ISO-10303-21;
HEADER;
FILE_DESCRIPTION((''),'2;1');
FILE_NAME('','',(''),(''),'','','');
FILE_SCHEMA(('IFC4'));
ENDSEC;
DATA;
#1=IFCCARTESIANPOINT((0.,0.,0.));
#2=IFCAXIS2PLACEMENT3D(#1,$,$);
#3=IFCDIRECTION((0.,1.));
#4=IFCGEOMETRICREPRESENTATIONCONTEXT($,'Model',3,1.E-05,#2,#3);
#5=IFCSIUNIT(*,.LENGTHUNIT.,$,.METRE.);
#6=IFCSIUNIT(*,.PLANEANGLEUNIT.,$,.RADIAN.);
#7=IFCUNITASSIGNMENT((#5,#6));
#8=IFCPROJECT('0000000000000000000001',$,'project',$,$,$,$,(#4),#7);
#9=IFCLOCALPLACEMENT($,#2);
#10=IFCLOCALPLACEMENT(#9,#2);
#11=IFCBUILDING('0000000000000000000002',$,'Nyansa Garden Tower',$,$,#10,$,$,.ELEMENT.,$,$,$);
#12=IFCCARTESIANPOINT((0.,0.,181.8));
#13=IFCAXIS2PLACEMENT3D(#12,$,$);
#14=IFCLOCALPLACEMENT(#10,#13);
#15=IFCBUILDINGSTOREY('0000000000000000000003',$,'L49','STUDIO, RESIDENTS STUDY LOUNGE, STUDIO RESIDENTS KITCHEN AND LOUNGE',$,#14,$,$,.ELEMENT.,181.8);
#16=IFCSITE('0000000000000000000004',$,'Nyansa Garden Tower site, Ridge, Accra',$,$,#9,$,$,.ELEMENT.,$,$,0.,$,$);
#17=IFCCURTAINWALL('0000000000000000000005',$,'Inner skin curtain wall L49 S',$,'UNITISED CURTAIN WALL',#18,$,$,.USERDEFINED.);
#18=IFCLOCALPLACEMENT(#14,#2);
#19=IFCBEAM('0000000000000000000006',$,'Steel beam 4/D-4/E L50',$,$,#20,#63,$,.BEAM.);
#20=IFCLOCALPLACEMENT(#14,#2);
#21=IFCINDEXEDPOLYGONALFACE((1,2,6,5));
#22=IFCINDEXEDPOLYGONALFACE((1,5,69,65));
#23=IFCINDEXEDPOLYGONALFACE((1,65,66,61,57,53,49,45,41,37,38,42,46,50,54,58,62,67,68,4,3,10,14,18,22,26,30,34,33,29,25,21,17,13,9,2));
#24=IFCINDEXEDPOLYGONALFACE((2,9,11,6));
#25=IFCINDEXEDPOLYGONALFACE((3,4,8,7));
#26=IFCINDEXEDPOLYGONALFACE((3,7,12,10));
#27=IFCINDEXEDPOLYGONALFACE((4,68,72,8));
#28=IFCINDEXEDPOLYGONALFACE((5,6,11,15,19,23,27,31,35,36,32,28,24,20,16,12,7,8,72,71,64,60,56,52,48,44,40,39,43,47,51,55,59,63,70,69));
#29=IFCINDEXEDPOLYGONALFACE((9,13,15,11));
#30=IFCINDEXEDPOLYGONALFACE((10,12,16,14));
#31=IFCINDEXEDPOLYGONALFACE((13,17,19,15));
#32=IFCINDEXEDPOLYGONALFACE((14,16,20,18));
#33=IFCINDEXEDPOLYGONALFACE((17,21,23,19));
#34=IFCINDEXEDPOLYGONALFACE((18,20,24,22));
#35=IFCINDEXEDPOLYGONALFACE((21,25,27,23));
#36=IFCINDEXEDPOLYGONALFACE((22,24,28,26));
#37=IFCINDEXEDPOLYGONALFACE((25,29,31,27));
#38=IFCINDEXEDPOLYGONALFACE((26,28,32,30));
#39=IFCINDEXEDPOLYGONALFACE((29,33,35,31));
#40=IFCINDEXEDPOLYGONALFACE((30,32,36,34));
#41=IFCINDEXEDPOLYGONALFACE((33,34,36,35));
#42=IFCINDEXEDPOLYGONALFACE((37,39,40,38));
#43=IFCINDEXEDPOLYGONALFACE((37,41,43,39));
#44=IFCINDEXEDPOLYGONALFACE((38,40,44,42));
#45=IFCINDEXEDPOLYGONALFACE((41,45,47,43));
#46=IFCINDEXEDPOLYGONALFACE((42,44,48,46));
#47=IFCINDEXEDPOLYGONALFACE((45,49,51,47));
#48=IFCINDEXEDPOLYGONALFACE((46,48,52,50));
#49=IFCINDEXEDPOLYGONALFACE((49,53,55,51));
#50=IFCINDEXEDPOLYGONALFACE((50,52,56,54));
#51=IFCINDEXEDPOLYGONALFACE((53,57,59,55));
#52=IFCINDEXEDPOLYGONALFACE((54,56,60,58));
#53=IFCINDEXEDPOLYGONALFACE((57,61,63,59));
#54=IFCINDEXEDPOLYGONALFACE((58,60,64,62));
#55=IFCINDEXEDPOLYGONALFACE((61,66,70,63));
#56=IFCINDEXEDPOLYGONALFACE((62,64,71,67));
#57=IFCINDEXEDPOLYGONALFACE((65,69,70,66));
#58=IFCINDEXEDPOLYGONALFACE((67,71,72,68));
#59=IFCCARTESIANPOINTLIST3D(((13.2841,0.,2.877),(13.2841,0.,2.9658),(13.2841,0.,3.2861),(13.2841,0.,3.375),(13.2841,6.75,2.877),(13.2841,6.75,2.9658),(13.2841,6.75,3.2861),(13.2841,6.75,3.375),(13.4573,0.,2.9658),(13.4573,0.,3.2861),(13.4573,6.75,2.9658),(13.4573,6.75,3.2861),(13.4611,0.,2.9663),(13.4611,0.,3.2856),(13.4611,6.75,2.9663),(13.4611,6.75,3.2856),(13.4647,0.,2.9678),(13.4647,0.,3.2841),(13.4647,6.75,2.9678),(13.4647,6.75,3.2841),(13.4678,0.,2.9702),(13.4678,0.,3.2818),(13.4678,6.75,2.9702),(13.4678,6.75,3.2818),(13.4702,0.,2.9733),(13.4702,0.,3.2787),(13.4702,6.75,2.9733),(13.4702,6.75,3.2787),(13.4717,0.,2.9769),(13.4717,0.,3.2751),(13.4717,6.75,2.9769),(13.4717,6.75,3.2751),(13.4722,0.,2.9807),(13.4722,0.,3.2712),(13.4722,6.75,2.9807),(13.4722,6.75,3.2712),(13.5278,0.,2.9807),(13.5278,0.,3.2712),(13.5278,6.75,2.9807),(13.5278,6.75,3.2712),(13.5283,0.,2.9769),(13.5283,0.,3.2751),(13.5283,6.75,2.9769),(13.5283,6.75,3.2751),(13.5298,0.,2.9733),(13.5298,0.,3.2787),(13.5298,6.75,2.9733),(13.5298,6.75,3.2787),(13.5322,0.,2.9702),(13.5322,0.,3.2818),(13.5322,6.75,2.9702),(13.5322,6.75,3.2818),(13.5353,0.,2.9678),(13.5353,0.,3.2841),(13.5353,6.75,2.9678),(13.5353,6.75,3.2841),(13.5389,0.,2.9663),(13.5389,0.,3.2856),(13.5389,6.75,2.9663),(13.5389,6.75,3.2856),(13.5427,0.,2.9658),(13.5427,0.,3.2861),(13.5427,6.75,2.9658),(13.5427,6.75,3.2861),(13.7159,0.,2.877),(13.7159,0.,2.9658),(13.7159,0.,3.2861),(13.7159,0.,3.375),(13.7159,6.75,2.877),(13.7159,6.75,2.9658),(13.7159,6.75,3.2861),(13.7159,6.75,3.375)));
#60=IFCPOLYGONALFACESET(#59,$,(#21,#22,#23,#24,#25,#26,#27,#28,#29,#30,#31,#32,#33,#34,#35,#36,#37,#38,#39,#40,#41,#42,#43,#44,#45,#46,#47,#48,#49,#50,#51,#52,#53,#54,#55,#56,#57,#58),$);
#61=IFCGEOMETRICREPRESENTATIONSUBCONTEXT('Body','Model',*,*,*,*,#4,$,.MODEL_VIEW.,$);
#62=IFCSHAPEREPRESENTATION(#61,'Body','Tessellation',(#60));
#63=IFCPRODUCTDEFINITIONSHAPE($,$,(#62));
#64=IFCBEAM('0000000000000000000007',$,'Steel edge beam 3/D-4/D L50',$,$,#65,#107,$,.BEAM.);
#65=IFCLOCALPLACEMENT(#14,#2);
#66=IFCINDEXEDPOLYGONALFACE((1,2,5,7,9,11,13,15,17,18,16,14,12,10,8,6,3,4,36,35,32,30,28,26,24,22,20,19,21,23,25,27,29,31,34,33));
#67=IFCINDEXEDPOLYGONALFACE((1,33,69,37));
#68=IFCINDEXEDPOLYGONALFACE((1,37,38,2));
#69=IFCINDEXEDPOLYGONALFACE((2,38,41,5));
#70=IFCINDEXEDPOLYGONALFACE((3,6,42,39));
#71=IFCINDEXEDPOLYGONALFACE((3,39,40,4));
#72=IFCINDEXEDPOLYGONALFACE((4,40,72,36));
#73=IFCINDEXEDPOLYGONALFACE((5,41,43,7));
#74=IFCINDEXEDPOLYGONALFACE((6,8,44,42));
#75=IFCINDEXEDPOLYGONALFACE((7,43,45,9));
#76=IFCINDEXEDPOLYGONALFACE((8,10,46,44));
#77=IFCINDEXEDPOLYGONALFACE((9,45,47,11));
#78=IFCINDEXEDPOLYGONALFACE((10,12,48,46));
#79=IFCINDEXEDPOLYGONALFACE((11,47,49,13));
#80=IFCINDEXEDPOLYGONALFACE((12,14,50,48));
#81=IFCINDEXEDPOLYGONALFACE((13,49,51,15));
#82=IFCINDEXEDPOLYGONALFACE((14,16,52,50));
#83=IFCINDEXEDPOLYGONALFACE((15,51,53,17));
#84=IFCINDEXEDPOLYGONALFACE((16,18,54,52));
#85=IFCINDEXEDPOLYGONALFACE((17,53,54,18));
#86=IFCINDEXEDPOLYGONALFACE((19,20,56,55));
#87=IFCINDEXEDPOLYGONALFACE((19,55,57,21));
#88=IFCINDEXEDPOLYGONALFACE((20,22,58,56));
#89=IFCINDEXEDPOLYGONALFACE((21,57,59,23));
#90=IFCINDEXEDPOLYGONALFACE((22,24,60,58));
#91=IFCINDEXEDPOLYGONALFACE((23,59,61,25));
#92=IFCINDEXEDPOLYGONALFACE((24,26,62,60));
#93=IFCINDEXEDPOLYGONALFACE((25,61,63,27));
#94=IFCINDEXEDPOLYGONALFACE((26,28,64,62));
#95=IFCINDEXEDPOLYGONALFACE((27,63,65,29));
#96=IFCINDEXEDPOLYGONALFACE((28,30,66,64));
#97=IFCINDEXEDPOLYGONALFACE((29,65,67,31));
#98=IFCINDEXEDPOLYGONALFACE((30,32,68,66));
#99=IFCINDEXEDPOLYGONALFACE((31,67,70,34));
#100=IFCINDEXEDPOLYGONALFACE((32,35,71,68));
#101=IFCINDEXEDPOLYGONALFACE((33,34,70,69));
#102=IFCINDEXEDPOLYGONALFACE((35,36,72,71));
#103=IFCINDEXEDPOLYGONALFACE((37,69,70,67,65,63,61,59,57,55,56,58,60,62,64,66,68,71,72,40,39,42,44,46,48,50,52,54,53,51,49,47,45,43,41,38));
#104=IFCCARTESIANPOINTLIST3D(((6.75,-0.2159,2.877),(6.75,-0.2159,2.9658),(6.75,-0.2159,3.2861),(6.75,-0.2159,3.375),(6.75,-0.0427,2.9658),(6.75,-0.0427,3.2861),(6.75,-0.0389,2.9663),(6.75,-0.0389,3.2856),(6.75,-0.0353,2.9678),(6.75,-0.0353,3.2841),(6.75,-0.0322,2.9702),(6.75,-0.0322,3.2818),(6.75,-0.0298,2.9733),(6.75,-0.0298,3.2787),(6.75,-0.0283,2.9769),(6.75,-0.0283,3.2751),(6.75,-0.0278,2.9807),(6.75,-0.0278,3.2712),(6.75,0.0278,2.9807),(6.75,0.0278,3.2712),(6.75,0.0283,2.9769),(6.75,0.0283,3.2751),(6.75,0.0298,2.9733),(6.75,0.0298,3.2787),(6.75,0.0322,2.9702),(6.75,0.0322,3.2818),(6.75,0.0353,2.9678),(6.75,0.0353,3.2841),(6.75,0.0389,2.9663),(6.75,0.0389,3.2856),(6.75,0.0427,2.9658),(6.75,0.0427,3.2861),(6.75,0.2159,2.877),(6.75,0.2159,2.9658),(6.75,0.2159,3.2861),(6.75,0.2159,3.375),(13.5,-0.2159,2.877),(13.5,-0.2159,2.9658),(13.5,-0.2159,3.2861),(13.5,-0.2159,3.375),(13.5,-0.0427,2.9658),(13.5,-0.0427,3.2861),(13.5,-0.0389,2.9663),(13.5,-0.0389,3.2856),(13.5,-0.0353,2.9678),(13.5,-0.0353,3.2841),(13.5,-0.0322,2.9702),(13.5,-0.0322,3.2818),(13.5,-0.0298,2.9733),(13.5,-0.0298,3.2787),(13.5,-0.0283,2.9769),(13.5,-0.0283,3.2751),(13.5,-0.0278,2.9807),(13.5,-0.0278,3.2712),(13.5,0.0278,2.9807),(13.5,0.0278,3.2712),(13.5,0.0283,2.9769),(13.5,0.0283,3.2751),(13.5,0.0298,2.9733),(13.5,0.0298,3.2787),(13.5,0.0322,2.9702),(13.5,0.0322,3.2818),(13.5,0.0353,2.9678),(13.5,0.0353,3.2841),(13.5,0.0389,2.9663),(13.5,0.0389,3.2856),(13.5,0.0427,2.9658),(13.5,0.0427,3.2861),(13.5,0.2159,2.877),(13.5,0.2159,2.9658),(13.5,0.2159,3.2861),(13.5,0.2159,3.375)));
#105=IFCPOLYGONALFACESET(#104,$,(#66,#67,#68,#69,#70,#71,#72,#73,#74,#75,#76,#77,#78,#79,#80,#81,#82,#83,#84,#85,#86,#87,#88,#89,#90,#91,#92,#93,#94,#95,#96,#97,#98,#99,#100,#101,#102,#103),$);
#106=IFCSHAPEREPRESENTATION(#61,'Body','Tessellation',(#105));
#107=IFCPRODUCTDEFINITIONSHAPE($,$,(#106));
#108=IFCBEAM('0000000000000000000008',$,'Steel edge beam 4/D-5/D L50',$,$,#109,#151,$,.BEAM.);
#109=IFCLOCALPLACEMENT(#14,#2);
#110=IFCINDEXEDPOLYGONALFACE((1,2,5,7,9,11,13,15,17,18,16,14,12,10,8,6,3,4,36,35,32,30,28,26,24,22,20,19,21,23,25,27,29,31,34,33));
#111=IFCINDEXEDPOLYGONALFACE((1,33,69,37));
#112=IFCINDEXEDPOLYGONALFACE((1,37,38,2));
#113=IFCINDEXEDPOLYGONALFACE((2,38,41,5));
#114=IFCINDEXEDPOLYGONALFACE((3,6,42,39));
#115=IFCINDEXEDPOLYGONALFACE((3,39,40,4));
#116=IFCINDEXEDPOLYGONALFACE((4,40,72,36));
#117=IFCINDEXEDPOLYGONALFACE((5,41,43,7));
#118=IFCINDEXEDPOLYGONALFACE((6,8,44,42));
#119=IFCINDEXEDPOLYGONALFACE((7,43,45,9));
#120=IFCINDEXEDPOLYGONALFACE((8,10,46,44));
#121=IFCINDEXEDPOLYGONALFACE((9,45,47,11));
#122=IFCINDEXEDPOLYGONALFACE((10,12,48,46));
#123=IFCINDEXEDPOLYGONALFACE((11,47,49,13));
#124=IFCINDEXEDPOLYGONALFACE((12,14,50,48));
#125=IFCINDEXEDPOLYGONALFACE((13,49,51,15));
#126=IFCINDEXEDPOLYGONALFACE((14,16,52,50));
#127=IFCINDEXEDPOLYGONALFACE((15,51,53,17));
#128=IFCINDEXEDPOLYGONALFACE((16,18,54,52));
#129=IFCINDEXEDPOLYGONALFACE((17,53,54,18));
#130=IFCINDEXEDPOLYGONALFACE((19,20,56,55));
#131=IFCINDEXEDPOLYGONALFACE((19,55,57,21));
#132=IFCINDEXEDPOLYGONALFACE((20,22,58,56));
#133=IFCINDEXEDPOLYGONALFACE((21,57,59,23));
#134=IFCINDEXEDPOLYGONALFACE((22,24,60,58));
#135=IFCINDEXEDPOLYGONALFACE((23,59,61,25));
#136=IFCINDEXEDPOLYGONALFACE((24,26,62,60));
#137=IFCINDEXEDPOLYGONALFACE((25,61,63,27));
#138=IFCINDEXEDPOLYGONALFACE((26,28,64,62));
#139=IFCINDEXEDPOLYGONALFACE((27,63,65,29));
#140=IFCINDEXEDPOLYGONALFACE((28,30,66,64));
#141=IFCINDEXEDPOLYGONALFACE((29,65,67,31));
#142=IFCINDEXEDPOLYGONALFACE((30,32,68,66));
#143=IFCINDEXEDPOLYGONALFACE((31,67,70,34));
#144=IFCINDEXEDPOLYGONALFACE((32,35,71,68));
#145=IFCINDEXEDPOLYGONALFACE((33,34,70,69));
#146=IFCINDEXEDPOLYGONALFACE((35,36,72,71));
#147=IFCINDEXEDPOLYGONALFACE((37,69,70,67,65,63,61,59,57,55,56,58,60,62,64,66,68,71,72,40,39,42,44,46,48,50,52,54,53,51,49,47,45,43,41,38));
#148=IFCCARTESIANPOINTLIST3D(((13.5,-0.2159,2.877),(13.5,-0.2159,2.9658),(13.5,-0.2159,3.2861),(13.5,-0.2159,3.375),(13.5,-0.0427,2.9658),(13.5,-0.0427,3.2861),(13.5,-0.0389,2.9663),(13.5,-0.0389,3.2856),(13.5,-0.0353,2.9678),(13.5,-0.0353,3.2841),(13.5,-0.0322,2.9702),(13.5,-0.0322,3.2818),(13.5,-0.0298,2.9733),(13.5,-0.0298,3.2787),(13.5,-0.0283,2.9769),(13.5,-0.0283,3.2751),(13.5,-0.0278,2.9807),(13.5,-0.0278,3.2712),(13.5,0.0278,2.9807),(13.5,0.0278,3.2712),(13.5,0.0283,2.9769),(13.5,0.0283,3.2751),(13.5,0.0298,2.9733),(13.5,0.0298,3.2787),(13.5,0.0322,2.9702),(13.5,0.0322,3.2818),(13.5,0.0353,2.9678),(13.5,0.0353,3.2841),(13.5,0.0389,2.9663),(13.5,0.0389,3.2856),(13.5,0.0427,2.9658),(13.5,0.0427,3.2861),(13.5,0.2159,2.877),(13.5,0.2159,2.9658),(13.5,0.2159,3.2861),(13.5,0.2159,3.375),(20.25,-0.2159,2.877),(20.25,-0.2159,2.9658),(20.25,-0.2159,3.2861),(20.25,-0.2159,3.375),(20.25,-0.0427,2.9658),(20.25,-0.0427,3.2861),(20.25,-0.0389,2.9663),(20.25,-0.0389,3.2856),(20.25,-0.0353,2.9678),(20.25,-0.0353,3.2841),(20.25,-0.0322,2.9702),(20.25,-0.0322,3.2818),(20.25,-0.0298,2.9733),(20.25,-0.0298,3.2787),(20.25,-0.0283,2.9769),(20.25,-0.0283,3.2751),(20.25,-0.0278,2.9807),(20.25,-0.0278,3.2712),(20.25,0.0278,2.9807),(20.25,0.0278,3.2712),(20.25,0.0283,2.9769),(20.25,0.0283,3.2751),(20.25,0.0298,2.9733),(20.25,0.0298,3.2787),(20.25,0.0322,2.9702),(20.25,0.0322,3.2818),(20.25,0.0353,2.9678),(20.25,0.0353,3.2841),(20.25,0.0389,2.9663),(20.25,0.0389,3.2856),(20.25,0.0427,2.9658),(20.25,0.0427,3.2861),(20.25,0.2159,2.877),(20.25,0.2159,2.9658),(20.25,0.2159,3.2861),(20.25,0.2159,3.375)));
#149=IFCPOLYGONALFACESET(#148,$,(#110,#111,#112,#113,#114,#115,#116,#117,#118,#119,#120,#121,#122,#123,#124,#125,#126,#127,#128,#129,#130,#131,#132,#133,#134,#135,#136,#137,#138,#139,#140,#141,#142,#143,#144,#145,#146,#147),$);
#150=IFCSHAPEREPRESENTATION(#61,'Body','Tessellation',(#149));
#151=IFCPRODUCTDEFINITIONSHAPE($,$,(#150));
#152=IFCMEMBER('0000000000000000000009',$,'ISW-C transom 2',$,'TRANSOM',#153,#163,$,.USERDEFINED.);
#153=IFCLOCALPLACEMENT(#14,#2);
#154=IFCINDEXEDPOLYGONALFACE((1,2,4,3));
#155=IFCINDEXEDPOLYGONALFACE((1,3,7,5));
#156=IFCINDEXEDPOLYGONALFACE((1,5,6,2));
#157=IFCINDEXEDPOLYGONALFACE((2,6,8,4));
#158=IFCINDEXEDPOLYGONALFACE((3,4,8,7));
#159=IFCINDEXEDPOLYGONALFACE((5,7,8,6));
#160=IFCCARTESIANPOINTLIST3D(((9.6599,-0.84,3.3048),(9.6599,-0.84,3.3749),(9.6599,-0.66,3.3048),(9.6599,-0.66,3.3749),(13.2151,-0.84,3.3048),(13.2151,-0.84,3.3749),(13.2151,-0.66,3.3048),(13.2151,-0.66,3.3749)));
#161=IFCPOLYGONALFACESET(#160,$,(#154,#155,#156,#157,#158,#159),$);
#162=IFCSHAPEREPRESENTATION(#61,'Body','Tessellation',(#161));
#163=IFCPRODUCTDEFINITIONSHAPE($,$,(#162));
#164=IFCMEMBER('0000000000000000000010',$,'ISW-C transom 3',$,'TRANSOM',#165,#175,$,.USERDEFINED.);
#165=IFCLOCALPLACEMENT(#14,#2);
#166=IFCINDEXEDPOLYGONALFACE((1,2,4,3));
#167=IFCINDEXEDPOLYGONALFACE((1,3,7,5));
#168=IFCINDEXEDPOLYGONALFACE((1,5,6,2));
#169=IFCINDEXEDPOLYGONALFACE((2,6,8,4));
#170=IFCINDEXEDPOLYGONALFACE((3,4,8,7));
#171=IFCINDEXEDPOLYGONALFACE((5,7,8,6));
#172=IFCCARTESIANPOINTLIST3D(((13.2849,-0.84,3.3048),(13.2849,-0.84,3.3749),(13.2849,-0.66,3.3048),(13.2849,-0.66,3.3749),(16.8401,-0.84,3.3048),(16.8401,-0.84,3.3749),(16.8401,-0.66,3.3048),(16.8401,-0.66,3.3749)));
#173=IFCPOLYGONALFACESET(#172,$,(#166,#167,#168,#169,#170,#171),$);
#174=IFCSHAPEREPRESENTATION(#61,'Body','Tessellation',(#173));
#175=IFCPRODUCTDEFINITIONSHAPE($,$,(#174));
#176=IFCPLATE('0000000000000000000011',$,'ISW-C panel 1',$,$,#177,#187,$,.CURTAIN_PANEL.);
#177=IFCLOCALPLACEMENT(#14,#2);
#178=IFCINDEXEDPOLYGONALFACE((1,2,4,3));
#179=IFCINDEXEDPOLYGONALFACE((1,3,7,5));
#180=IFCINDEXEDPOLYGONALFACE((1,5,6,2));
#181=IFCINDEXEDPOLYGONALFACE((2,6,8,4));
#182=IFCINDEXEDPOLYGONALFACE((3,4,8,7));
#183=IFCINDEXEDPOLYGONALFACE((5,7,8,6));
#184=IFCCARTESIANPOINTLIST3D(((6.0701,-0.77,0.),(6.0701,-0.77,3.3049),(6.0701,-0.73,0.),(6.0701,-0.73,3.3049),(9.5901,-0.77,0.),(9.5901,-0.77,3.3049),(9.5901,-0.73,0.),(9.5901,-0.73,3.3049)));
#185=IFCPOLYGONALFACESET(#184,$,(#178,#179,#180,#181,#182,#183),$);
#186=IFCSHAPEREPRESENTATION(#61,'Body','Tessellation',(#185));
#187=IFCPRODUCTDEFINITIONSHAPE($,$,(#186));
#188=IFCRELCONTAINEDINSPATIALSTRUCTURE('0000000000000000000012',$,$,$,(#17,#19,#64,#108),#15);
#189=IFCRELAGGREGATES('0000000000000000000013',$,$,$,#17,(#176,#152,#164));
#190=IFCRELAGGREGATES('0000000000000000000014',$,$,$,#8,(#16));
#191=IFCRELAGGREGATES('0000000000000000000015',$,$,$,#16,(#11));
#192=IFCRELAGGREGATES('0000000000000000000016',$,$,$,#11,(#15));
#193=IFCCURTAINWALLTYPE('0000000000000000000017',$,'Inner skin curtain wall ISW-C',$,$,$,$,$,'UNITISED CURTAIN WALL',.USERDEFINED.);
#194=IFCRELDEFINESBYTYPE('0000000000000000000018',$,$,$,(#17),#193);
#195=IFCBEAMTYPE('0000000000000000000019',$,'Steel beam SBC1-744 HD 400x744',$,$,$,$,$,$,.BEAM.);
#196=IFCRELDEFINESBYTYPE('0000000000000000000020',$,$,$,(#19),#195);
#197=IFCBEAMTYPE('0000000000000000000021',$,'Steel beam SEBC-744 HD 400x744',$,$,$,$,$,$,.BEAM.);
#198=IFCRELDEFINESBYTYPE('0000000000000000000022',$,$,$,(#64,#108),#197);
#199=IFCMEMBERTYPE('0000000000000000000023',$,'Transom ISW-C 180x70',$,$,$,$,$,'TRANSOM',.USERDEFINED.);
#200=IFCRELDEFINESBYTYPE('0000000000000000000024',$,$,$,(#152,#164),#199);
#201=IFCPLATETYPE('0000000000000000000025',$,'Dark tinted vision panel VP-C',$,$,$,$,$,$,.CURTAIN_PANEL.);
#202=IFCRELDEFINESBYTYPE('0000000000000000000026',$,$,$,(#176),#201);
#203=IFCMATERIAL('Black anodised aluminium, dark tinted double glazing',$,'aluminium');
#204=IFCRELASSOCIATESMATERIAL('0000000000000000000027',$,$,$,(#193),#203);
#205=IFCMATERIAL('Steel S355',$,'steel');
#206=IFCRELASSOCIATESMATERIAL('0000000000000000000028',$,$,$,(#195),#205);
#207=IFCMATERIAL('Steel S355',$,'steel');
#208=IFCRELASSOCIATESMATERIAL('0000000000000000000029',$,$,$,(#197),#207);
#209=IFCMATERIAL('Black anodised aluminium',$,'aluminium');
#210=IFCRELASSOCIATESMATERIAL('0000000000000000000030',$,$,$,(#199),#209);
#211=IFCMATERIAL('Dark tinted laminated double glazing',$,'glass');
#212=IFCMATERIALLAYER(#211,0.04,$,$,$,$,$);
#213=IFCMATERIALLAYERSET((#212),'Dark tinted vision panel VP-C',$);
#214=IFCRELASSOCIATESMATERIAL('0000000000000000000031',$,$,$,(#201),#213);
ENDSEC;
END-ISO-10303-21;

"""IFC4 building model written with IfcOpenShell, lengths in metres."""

from ifc_helpers import new_model, si_unit, direction, frame, origin, origin_2d, place, context, subcontext, project, spatial, rectangle, i_section, extrude, material, layer, layer_set, material_profile, profile_set, type_object, element, aggregate, save


model = new_model("IFC4")

# Units and contexts
model_context = context("Model", 3, precision=1e-05, world=origin(), true_north=direction((0.0, 1.0)))
body_context = subcontext(model_context, "Body", "Model", "MODEL_VIEW")
ifc_project = project(units=[si_unit("LENGTHUNIT", "METRE"), si_unit("PLANEANGLEUNIT", "RADIAN")], contexts=[model_context])

# Site, building, storey
site_placement = place(None, origin())
site = spatial("IfcSite", under=ifc_project, at=site_placement, Name="Nyansa Garden Tower site, Ridge, Accra", CompositionType="ELEMENT", RefElevation=0.0)
building_placement = place(site_placement, origin())
building = spatial("IfcBuilding", under=site, at=building_placement, Name="Nyansa Garden Tower", CompositionType="ELEMENT")
storey_placement = place(building_placement, frame((0.0, 0.0, 181.8)))
storey = spatial("IfcBuildingStorey", under=building, at=storey_placement, Name="L49", Description="STUDIO, RESIDENTS STUDY LOUNGE, STUDIO RESIDENTS KITCHEN AND LOUNGE", CompositionType="ELEMENT", Elevation=181.8)

# Curtain wall
ifc_material_1 = material(Name="Black anodised aluminium, dark tinted double glazing", Category="aluminium")
curtain_wall_type = type_object("IfcCurtainWallType", Name="Inner skin curtain wall ISW-C", ElementType="UNITISED CURTAIN WALL", PredefinedType="USERDEFINED", material=ifc_material_1)
curtain_wall_placement = place(storey_placement, origin())
curtain_wall = element("IfcCurtainWall", 1, at=curtain_wall_placement, inside=storey, type_object=curtain_wall_type, Name="Inner skin curtain wall L49 S", ObjectType="UNITISED CURTAIN WALL", PredefinedType="USERDEFINED")

# Beams
ifc_material_2 = material(Name="Steel S355", Category="steel")
ifc_material_profile_1 = material_profile(ifc_material_2, i_section(OverallWidth=0.4319, OverallDepth=0.498, WebThickness=0.0557, FlangeThickness=0.0889, FilletRadius=0.0149, at=origin_2d()), Name="HD 400x744")
ifc_profile_set_1 = profile_set([ifc_material_profile_1], Name="Steel S355")
beam_type_1 = type_object("IfcBeamType", Name="Steel beam SBC1-744 HD 400x744", PredefinedType="BEAM", material=ifc_profile_set_1)
for number, where, z_axis, x_axis, name in (
    (2, (13.5, 0.0, 3.126), (0.0, 1.0, 0.0), (-1.0, 0.0, 0.0), "Steel beam 4/D-4/E L50"),
):
    element("IfcBeam", number, at=place(storey_placement, frame(where, z_axis=z_axis, x_axis=x_axis)), inside=storey, type_object=beam_type_1, Name=name, PredefinedType="BEAM", context=body_context, shape_type="SweptSolid", body=[
        extrude(i_section(OverallWidth=0.4319, OverallDepth=0.498, WebThickness=0.0557, FlangeThickness=0.0889, FilletRadius=0.0149, at=origin_2d()), origin(), (0.0, 0.0, 1.0), 6.75),
    ])
ifc_material_3 = material(Name="Steel S355", Category="steel")
ifc_material_profile_2 = material_profile(ifc_material_3, i_section(OverallWidth=0.4319, OverallDepth=0.498, WebThickness=0.0557, FlangeThickness=0.0889, FilletRadius=0.0149, at=origin_2d()), Name="HD 400x744")
ifc_profile_set_2 = profile_set([ifc_material_profile_2], Name="Steel S355")
beam_type_2 = type_object("IfcBeamType", Name="Steel beam SEBC-744 HD 400x744", PredefinedType="BEAM", material=ifc_profile_set_2)
for number, where, z_axis, x_axis, name in (
    (3, (6.75, 0.0, 3.126), (1.0, 0.0, 0.0), (0.0, 1.0, 0.0), "Steel edge beam 3/D-4/D L50"),
    (4, (13.5, 0.0, 3.126), (1.0, 0.0, 0.0), (0.0, 1.0, 0.0), "Steel edge beam 4/D-5/D L50"),
):
    element("IfcBeam", number, at=place(storey_placement, frame(where, z_axis=z_axis, x_axis=x_axis)), inside=storey, type_object=beam_type_2, Name=name, PredefinedType="BEAM", context=body_context, shape_type="SweptSolid", body=[
        extrude(i_section(OverallWidth=0.4319, OverallDepth=0.498, WebThickness=0.0557, FlangeThickness=0.0889, FilletRadius=0.0149, at=origin_2d()), origin(), (0.0, 0.0, 1.0), 6.75),
    ])

# Members
ifc_material_4 = material(Name="Black anodised aluminium", Category="aluminium")
ifc_material_profile_3 = material_profile(ifc_material_4, rectangle(XDim=0.1799, YDim=0.0701, at=origin_2d()), Name="Transom 180x70")
ifc_profile_set_3 = profile_set([ifc_material_profile_3], Name="Black anodised aluminium")
member_type_1 = type_object("IfcMemberType", Name="Transom ISW-C 180x70", ElementType="TRANSOM", PredefinedType="USERDEFINED", material=ifc_profile_set_3)
member_1_placement = place(storey_placement, frame((9.6599, -0.75, 3.3398), z_axis=(1.0, 0.0, 0.0), x_axis=(0.0, 1.0, 0.0)))
member_1 = element("IfcMember", 5, at=member_1_placement, type_object=member_type_1, Name="ISW-C transom 2", ObjectType="TRANSOM", PredefinedType="USERDEFINED", context=body_context, shape_type="SweptSolid", body=[
    extrude(rectangle(XDim=0.1799, YDim=0.0701, at=origin_2d()), origin(), (0.0, 0.0, 1.0), 3.5552),
])
member_2_placement = place(storey_placement, frame((13.2849, -0.75, 3.3398), z_axis=(1.0, 0.0, 0.0), x_axis=(0.0, 1.0, 0.0)))
member_2 = element("IfcMember", 6, at=member_2_placement, type_object=member_type_1, Name="ISW-C transom 3", ObjectType="TRANSOM", PredefinedType="USERDEFINED", context=body_context, shape_type="SweptSolid", body=[
    extrude(rectangle(XDim=0.1799, YDim=0.0701, at=origin_2d()), origin(), (0.0, 0.0, 1.0), 3.5552),
])

# Plate
ifc_material_5 = material(Name="Dark tinted laminated double glazing", Category="glass")
ifc_layer_1 = layer(ifc_material_5, 0.04)
ifc_layer_set_1 = layer_set([ifc_layer_1], Name="Dark tinted vision panel VP-C")
plate_type = type_object("IfcPlateType", Name="Dark tinted vision panel VP-C", PredefinedType="CURTAIN_PANEL", material=ifc_layer_set_1)
plate_1_placement = place(storey_placement, frame((7.8301, -0.75, 0.0), z_axis=(0.0, 0.0, 1.0), x_axis=(1.0, 0.0, 0.0)))
plate_1 = element("IfcPlate", 7, at=plate_1_placement, type_object=plate_type, Name="ISW-C panel 1", PredefinedType="CURTAIN_PANEL", context=body_context, shape_type="SweptSolid", body=[
    extrude(rectangle(XDim=3.52, YDim=0.04, at=origin_2d()), origin(), (0.0, 0.0, 1.0), 3.3049),
])
aggregate(curtain_wall, [plate_1, member_1, member_2])

save(model, "model.ifc")
